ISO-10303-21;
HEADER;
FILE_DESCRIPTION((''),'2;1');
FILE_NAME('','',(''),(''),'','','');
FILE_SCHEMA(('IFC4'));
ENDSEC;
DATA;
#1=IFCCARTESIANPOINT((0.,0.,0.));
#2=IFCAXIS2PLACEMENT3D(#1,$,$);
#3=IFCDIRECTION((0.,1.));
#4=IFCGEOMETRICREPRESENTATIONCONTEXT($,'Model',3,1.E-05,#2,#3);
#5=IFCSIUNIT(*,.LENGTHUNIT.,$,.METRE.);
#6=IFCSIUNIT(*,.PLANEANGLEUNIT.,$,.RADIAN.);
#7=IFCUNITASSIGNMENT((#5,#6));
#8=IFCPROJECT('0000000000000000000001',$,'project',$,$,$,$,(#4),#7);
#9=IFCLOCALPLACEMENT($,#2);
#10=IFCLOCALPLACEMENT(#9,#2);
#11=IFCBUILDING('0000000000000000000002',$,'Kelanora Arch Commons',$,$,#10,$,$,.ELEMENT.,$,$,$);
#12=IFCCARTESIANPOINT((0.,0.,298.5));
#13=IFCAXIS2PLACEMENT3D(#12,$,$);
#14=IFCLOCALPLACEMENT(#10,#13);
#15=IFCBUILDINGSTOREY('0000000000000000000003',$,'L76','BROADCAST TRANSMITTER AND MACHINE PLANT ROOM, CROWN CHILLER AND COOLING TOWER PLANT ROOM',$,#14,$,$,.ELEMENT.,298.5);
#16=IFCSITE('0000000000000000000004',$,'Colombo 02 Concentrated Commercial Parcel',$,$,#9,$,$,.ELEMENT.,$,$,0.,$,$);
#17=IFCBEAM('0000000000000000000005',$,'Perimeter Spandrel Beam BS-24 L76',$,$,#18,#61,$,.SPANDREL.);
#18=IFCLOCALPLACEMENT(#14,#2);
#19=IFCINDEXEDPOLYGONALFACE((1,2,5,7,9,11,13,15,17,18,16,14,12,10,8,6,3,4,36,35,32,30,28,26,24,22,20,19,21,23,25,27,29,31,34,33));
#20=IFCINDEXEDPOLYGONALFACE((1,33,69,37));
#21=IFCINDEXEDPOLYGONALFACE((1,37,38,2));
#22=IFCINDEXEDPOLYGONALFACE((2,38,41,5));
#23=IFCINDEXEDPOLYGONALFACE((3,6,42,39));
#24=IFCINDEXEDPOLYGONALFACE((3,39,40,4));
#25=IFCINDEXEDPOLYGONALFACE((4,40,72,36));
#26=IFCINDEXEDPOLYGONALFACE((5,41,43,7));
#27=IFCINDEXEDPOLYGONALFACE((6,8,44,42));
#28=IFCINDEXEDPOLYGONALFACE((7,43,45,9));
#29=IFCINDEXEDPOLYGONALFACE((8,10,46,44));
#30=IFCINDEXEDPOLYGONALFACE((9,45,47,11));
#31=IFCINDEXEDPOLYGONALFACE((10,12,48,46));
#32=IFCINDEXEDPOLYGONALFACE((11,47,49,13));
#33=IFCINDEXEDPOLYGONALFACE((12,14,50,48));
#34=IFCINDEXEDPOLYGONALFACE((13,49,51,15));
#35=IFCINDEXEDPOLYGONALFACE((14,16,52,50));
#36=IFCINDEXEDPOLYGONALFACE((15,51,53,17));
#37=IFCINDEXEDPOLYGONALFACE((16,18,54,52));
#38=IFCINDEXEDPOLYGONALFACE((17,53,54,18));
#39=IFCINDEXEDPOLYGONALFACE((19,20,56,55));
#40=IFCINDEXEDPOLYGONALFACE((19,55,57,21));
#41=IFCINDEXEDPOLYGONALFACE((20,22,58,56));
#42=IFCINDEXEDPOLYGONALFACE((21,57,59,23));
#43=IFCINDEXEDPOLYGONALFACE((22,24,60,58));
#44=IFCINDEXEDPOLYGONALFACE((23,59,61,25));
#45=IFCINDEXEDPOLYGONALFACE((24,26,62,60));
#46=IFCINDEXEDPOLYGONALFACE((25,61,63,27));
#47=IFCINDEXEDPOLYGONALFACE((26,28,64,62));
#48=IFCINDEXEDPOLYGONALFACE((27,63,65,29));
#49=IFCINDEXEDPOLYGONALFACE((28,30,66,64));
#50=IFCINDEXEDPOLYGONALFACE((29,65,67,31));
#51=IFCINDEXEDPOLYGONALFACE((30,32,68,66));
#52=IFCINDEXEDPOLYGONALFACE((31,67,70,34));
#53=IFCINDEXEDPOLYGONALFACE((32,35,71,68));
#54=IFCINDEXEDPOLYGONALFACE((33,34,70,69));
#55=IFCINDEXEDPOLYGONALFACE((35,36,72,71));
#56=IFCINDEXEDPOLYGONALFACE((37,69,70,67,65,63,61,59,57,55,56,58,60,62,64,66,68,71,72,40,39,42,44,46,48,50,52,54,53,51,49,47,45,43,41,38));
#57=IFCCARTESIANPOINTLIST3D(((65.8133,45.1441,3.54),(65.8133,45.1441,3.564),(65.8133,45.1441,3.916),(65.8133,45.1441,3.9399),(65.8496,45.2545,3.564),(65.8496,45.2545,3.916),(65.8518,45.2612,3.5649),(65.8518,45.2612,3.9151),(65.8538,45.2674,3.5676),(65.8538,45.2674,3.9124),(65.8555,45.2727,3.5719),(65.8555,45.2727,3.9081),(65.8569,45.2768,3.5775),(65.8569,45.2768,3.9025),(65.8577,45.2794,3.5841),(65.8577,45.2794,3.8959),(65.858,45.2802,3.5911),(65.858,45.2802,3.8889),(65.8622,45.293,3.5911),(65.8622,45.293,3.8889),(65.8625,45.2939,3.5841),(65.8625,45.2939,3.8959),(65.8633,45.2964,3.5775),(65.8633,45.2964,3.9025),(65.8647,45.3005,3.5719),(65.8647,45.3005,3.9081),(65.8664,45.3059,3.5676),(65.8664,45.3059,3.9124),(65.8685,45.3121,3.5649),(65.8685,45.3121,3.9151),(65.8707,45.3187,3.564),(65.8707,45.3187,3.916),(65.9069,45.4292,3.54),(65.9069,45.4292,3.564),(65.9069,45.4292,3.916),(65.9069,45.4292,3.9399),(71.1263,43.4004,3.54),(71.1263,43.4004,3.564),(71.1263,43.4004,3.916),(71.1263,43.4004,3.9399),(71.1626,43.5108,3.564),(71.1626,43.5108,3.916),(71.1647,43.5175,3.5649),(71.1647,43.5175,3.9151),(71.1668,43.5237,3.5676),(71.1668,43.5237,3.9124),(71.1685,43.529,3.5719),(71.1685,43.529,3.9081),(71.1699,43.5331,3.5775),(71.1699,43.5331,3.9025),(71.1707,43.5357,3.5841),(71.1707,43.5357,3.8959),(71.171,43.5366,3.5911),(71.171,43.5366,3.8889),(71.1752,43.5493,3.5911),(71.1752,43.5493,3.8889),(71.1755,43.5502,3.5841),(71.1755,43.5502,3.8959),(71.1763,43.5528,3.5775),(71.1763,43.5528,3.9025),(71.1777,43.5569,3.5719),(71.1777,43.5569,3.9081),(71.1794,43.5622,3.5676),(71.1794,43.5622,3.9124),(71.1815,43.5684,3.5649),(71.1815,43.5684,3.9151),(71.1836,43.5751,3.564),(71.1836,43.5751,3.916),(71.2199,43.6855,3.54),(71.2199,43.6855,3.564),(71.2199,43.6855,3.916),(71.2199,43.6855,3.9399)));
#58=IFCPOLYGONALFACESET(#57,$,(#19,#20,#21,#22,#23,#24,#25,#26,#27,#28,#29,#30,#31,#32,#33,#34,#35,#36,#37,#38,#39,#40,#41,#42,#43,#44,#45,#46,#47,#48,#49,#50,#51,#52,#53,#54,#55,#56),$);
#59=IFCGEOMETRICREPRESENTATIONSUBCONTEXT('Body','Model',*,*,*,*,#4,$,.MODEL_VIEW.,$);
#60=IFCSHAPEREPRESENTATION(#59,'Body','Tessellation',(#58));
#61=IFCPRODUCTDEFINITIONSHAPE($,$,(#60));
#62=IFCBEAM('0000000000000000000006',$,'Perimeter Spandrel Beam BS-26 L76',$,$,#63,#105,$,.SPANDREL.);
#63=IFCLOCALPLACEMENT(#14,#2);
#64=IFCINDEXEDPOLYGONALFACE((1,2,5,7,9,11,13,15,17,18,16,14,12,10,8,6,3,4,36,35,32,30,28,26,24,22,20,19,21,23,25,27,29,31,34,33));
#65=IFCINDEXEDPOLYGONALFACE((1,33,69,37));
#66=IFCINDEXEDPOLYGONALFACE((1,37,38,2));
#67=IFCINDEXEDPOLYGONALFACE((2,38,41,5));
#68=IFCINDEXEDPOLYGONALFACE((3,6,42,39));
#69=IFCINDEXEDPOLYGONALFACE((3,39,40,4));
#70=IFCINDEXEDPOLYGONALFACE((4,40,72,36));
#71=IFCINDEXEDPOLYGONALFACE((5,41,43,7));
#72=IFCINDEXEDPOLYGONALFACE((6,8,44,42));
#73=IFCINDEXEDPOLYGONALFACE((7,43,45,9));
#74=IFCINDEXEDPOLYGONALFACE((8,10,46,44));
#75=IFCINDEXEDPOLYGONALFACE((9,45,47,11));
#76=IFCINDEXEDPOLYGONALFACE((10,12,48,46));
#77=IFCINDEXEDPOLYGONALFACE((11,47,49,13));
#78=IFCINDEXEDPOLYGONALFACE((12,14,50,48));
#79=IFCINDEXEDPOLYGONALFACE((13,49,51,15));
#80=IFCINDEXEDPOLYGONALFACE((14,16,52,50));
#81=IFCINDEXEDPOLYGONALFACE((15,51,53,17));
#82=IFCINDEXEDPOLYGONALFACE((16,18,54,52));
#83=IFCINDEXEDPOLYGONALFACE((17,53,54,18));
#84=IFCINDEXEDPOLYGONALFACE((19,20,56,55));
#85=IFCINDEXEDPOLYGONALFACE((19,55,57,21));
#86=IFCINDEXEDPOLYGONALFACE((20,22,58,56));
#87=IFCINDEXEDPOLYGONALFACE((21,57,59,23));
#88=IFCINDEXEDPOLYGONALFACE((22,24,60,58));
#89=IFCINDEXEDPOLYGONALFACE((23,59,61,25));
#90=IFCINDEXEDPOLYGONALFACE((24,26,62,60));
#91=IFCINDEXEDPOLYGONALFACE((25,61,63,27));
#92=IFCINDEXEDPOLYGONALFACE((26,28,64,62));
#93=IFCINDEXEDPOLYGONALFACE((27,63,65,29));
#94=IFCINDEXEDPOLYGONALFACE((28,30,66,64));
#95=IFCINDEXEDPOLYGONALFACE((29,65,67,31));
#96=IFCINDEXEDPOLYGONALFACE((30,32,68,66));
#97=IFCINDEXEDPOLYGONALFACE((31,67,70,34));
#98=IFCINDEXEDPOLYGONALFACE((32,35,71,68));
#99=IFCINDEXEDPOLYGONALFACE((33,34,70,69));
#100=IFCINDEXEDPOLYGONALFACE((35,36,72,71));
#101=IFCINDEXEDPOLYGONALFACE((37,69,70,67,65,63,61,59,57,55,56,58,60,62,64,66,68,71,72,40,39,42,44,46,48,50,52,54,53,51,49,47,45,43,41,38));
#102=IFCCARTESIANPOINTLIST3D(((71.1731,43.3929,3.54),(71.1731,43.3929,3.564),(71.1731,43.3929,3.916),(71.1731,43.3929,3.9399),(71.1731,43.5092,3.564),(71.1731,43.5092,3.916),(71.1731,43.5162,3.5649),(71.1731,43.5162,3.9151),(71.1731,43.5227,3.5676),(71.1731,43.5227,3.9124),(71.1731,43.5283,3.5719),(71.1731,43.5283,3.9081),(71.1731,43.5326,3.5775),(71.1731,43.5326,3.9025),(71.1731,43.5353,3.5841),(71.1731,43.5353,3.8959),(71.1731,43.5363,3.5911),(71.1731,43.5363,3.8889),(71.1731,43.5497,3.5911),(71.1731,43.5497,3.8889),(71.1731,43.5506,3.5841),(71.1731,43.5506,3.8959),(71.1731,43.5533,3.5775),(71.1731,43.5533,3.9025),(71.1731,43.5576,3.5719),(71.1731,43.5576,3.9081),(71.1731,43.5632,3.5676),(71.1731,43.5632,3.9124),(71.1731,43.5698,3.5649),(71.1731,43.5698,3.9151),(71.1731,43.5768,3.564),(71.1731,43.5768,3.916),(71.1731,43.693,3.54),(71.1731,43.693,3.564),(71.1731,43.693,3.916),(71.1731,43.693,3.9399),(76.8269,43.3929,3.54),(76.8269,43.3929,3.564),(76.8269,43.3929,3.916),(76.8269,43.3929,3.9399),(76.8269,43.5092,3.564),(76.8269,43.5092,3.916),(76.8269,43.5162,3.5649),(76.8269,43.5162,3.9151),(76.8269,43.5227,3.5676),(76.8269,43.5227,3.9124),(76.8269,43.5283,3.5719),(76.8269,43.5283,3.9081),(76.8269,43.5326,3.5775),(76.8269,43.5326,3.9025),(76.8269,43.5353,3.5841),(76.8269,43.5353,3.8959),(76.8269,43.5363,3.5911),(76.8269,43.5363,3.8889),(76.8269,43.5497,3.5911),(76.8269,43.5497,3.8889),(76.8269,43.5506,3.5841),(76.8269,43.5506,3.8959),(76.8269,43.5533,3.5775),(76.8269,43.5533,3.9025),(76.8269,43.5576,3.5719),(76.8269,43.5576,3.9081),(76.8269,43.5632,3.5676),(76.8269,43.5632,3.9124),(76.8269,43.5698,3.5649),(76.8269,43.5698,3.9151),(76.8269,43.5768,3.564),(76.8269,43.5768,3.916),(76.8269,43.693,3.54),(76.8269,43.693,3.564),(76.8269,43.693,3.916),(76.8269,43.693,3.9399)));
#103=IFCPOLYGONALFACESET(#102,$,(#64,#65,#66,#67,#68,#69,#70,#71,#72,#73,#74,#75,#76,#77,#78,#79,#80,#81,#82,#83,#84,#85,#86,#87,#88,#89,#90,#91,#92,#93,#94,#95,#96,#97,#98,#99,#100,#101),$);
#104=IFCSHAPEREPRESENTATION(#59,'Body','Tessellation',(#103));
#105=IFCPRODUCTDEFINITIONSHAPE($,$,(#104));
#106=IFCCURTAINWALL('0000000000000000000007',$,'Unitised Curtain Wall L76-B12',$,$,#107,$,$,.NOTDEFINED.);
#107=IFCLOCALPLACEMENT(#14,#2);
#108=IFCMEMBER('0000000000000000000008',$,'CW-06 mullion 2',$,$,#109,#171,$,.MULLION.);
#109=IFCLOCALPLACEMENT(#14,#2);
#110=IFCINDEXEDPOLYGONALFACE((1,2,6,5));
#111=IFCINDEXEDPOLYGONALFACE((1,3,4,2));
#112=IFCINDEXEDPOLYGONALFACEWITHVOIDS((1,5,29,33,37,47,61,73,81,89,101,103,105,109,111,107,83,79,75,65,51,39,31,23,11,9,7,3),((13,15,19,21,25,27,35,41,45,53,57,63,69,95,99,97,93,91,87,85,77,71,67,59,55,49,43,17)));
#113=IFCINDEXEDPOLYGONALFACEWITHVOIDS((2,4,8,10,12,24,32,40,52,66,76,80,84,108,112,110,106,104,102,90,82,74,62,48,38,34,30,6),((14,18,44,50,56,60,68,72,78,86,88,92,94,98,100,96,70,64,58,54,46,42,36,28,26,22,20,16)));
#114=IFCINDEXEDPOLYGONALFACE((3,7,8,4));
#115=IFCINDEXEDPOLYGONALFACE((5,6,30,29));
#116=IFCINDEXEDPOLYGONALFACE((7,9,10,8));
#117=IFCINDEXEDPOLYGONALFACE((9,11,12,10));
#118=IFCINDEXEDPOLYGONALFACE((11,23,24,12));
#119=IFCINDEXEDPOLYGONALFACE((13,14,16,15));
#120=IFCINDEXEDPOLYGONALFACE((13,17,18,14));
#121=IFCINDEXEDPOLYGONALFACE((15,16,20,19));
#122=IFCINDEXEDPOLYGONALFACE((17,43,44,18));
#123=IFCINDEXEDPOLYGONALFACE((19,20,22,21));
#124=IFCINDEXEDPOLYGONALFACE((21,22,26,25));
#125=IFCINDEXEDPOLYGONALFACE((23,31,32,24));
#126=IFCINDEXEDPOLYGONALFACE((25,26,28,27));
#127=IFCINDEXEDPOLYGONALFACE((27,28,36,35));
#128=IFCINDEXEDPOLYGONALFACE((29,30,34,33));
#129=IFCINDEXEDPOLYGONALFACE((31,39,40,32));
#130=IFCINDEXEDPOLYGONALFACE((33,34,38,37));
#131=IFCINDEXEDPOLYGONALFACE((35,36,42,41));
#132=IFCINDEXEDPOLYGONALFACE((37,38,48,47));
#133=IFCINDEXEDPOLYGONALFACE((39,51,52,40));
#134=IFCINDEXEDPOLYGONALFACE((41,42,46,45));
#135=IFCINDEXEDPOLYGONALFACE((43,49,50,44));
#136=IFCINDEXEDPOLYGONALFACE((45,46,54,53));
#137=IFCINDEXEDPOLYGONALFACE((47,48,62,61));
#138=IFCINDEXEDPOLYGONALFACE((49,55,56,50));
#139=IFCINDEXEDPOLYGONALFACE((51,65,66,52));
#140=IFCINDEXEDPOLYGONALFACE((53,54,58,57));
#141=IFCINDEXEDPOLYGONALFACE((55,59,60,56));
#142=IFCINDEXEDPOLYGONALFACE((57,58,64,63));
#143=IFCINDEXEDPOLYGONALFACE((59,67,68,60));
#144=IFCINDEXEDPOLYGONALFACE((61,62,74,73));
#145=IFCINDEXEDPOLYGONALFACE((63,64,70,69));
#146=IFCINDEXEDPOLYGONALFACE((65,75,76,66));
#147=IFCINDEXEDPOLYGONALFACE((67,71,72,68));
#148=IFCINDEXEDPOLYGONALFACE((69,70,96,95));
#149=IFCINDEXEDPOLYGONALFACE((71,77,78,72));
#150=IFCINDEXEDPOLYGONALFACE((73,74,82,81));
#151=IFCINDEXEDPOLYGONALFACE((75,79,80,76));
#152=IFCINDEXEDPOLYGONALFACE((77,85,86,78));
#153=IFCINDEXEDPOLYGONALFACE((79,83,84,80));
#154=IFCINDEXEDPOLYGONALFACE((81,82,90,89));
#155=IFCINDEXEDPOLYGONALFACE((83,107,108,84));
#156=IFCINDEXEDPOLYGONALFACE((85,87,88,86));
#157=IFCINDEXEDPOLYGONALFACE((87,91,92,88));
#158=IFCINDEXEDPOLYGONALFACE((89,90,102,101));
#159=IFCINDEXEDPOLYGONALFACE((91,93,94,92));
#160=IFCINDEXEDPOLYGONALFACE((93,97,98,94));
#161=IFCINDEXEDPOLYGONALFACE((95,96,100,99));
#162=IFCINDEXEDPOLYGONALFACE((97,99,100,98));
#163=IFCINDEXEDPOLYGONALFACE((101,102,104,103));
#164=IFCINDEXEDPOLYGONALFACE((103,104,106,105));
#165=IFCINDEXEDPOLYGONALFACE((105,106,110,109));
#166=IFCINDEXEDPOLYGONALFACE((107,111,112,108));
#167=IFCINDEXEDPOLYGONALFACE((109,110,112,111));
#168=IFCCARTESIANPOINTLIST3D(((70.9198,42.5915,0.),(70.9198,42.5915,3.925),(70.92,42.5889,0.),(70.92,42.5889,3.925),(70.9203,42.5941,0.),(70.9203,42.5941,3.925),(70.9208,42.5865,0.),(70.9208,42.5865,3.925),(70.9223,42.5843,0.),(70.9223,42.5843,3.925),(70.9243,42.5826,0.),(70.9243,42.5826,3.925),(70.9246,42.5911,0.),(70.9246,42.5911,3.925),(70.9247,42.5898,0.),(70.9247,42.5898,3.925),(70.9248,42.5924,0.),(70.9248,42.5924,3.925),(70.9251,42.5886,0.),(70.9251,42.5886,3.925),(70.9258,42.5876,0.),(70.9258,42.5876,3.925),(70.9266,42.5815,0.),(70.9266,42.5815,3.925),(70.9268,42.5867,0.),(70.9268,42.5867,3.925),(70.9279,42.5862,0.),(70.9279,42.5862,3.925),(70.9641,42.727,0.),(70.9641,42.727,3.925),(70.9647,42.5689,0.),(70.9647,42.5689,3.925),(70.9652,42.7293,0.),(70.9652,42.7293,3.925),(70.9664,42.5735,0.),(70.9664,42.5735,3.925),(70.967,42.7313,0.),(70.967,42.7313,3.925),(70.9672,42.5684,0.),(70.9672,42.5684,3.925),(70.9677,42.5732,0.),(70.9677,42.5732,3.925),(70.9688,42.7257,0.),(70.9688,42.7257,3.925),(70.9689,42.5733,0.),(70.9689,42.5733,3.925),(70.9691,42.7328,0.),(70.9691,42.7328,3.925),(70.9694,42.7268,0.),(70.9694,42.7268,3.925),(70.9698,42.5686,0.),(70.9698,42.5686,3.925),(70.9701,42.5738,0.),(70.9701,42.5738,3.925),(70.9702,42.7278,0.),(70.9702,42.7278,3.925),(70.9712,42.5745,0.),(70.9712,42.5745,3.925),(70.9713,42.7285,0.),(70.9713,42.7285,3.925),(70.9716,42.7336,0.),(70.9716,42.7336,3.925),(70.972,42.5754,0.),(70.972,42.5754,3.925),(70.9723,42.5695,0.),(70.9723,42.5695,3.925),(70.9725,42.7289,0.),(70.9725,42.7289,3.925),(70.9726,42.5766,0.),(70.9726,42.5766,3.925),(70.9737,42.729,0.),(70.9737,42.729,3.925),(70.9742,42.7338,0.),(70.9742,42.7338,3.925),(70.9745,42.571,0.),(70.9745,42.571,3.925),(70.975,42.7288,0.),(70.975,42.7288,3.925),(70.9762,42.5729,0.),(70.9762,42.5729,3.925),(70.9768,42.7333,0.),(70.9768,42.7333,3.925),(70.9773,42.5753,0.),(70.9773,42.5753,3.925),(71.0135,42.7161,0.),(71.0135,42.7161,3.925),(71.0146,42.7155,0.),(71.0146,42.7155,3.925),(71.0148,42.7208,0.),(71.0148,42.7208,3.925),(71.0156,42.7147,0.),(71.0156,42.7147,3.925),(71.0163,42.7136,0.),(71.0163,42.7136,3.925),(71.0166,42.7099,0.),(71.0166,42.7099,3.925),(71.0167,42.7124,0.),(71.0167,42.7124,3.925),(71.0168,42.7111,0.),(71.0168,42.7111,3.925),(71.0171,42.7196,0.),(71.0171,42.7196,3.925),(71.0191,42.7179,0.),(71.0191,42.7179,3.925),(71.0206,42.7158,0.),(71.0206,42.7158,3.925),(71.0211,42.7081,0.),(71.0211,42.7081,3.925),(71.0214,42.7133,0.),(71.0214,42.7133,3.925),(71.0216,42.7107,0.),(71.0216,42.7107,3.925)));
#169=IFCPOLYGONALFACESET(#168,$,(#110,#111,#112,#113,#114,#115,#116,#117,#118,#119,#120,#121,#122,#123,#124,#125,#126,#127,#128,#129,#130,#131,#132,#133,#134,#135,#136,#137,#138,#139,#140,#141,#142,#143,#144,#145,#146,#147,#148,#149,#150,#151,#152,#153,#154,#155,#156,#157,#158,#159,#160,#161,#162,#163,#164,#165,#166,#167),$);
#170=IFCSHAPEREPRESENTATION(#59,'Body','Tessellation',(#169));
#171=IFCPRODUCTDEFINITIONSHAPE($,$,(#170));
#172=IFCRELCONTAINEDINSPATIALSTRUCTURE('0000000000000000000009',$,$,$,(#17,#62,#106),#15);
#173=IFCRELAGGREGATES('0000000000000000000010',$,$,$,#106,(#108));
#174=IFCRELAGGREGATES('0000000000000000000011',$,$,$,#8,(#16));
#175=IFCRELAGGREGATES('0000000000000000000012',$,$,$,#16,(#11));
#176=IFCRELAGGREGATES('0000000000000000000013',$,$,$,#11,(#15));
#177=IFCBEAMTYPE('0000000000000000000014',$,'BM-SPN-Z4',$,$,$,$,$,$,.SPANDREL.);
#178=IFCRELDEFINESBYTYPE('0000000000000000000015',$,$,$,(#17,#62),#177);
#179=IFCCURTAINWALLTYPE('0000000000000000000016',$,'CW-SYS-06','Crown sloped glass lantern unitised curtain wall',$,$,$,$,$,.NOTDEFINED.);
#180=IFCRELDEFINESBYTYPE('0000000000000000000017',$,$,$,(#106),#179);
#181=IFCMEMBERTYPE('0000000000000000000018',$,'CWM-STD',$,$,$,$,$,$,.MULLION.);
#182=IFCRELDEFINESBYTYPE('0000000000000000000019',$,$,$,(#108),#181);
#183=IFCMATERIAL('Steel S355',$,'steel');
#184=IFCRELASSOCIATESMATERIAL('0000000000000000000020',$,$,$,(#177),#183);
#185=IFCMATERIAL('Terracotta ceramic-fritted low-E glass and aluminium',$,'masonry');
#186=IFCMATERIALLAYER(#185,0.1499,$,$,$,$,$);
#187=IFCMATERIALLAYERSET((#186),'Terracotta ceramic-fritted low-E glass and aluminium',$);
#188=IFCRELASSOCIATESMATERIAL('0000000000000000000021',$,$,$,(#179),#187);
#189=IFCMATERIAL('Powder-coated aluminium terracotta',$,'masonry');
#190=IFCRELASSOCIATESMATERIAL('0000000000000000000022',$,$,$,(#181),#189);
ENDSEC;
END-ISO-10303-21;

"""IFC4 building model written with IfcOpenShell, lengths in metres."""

from ifc_helpers import new_model, si_unit, direction, frame, origin, origin_2d, place, context, subcontext, project, spatial, hollow_rectangle, i_section, extrude, material, layer, layer_set, material_profile, profile_set, type_object, element, aggregate, save


model = new_model("IFC4")

# Units and contexts
model_context = context("Model", 3, precision=1e-05, world=origin(), true_north=direction((0.0, 1.0)))
body_context = subcontext(model_context, "Body", "Model", "MODEL_VIEW")
ifc_project = project(units=[si_unit("LENGTHUNIT", "METRE"), si_unit("PLANEANGLEUNIT", "RADIAN")], contexts=[model_context])

# Site, building, storey
site_placement = place(None, origin())
site = spatial("IfcSite", under=ifc_project, at=site_placement, Name="Colombo 02 Concentrated Commercial Parcel", CompositionType="ELEMENT", RefElevation=0.0)
building_placement = place(site_placement, origin())
building = spatial("IfcBuilding", under=site, at=building_placement, Name="Kelanora Arch Commons", CompositionType="ELEMENT")
storey_placement = place(building_placement, frame((0.0, 0.0, 298.5)))
storey = spatial("IfcBuildingStorey", under=building, at=storey_placement, Name="L76", Description="BROADCAST TRANSMITTER AND MACHINE PLANT ROOM, CROWN CHILLER AND COOLING TOWER PLANT ROOM", CompositionType="ELEMENT", Elevation=298.5)

# Beams
ifc_material_1 = material(Name="Steel S355", Category="steel")
ifc_material_profile_1 = material_profile(ifc_material_1, i_section(OverallWidth=0.3, OverallDepth=0.3999, WebThickness=0.0134, FlangeThickness=0.0239, FilletRadius=0.0271, at=origin_2d()), Name="HEB400")
ifc_profile_set_1 = profile_set([ifc_material_profile_1], Name="Steel S355")
beam_type_1 = type_object("IfcBeamType", Name="BM-SPN-Z4", PredefinedType="SPANDREL", material=ifc_profile_set_1)
beam_1_placement = place(storey_placement, frame((65.8601, 45.2866, 3.74), z_axis=(0.95014, -0.311823, 0.0), x_axis=(0.311823, 0.95014, 0.0)))
element("IfcBeam", 1, at=beam_1_placement, inside=storey, type_object=beam_type_1, Name="Perimeter Spandrel Beam BS-24 L76", PredefinedType="SPANDREL", context=body_context, shape_type="SweptSolid", body=[
    extrude(i_section(OverallWidth=0.3, OverallDepth=0.3999, WebThickness=0.0134, FlangeThickness=0.0239, FilletRadius=0.0271, at=origin_2d()), origin(), (0.0, 0.0, 1.0), 5.5918),
])
beam_2_placement = place(storey_placement, frame((71.1731, 43.543, 3.74), z_axis=(1.0, 0.0, 0.0), x_axis=(0.0, 1.0, 0.0)))
element("IfcBeam", 2, at=beam_2_placement, inside=storey, type_object=beam_type_1, Name="Perimeter Spandrel Beam BS-26 L76", PredefinedType="SPANDREL", context=body_context, shape_type="SweptSolid", body=[
    extrude(i_section(OverallWidth=0.3, OverallDepth=0.3999, WebThickness=0.0134, FlangeThickness=0.0239, FilletRadius=0.0271, at=origin_2d()), origin(), (0.0, 0.0, 1.0), 5.6538),
])

# Curtain wall, member
ifc_material_2 = material(Name="Terracotta ceramic-fritted low-E glass and aluminium", Category="masonry")
ifc_layer_1 = layer(ifc_material_2, 0.1499)
ifc_layer_set_1 = layer_set([ifc_layer_1], Name="Terracotta ceramic-fritted low-E glass and aluminium")
curtain_wall_type = type_object("IfcCurtainWallType", Name="CW-SYS-06", Description="Crown sloped glass lantern unitised curtain wall", PredefinedType="NOTDEFINED", material=ifc_layer_set_1)
curtain_wall_1_placement = place(storey_placement, origin())
curtain_wall_1 = element("IfcCurtainWall", 3, at=curtain_wall_1_placement, inside=storey, type_object=curtain_wall_type, Name="Unitised Curtain Wall L76-B12", PredefinedType="NOTDEFINED")
ifc_material_3 = material(Name="Powder-coated aluminium terracotta", Category="masonry")
ifc_material_profile_2 = material_profile(ifc_material_3, hollow_rectangle(XDim=0.1599, YDim=0.0601, WallThickness=0.0049, InnerFilletRadius=0.0049, OuterFilletRadius=0.01, at=origin_2d()), Name="CWM160x60")
ifc_profile_set_2 = profile_set([ifc_material_profile_2], Name="Powder-coated aluminium terracotta")
member_type_1 = type_object("IfcMemberType", Name="CWM-STD", PredefinedType="MULLION", material=ifc_profile_set_2)
member_1_placement = place(storey_placement, frame((70.9707, 42.6511, 0.0), z_axis=(0.0, 0.0, 1.0), x_axis=(0.313467, 0.949599, 0.0)))
member_1 = element("IfcMember", 4, at=member_1_placement, type_object=member_type_1, Name="CW-06 mullion 2", PredefinedType="MULLION", context=body_context, shape_type="SweptSolid", body=[
    extrude(hollow_rectangle(XDim=0.1599, YDim=0.0601, WallThickness=0.0049, InnerFilletRadius=0.0049, OuterFilletRadius=0.01, at=origin_2d()), origin(), (0.0, 0.0, 1.0), 3.925),
])

aggregate(curtain_wall_1, [member_1])

save(model, "model.ifc")
